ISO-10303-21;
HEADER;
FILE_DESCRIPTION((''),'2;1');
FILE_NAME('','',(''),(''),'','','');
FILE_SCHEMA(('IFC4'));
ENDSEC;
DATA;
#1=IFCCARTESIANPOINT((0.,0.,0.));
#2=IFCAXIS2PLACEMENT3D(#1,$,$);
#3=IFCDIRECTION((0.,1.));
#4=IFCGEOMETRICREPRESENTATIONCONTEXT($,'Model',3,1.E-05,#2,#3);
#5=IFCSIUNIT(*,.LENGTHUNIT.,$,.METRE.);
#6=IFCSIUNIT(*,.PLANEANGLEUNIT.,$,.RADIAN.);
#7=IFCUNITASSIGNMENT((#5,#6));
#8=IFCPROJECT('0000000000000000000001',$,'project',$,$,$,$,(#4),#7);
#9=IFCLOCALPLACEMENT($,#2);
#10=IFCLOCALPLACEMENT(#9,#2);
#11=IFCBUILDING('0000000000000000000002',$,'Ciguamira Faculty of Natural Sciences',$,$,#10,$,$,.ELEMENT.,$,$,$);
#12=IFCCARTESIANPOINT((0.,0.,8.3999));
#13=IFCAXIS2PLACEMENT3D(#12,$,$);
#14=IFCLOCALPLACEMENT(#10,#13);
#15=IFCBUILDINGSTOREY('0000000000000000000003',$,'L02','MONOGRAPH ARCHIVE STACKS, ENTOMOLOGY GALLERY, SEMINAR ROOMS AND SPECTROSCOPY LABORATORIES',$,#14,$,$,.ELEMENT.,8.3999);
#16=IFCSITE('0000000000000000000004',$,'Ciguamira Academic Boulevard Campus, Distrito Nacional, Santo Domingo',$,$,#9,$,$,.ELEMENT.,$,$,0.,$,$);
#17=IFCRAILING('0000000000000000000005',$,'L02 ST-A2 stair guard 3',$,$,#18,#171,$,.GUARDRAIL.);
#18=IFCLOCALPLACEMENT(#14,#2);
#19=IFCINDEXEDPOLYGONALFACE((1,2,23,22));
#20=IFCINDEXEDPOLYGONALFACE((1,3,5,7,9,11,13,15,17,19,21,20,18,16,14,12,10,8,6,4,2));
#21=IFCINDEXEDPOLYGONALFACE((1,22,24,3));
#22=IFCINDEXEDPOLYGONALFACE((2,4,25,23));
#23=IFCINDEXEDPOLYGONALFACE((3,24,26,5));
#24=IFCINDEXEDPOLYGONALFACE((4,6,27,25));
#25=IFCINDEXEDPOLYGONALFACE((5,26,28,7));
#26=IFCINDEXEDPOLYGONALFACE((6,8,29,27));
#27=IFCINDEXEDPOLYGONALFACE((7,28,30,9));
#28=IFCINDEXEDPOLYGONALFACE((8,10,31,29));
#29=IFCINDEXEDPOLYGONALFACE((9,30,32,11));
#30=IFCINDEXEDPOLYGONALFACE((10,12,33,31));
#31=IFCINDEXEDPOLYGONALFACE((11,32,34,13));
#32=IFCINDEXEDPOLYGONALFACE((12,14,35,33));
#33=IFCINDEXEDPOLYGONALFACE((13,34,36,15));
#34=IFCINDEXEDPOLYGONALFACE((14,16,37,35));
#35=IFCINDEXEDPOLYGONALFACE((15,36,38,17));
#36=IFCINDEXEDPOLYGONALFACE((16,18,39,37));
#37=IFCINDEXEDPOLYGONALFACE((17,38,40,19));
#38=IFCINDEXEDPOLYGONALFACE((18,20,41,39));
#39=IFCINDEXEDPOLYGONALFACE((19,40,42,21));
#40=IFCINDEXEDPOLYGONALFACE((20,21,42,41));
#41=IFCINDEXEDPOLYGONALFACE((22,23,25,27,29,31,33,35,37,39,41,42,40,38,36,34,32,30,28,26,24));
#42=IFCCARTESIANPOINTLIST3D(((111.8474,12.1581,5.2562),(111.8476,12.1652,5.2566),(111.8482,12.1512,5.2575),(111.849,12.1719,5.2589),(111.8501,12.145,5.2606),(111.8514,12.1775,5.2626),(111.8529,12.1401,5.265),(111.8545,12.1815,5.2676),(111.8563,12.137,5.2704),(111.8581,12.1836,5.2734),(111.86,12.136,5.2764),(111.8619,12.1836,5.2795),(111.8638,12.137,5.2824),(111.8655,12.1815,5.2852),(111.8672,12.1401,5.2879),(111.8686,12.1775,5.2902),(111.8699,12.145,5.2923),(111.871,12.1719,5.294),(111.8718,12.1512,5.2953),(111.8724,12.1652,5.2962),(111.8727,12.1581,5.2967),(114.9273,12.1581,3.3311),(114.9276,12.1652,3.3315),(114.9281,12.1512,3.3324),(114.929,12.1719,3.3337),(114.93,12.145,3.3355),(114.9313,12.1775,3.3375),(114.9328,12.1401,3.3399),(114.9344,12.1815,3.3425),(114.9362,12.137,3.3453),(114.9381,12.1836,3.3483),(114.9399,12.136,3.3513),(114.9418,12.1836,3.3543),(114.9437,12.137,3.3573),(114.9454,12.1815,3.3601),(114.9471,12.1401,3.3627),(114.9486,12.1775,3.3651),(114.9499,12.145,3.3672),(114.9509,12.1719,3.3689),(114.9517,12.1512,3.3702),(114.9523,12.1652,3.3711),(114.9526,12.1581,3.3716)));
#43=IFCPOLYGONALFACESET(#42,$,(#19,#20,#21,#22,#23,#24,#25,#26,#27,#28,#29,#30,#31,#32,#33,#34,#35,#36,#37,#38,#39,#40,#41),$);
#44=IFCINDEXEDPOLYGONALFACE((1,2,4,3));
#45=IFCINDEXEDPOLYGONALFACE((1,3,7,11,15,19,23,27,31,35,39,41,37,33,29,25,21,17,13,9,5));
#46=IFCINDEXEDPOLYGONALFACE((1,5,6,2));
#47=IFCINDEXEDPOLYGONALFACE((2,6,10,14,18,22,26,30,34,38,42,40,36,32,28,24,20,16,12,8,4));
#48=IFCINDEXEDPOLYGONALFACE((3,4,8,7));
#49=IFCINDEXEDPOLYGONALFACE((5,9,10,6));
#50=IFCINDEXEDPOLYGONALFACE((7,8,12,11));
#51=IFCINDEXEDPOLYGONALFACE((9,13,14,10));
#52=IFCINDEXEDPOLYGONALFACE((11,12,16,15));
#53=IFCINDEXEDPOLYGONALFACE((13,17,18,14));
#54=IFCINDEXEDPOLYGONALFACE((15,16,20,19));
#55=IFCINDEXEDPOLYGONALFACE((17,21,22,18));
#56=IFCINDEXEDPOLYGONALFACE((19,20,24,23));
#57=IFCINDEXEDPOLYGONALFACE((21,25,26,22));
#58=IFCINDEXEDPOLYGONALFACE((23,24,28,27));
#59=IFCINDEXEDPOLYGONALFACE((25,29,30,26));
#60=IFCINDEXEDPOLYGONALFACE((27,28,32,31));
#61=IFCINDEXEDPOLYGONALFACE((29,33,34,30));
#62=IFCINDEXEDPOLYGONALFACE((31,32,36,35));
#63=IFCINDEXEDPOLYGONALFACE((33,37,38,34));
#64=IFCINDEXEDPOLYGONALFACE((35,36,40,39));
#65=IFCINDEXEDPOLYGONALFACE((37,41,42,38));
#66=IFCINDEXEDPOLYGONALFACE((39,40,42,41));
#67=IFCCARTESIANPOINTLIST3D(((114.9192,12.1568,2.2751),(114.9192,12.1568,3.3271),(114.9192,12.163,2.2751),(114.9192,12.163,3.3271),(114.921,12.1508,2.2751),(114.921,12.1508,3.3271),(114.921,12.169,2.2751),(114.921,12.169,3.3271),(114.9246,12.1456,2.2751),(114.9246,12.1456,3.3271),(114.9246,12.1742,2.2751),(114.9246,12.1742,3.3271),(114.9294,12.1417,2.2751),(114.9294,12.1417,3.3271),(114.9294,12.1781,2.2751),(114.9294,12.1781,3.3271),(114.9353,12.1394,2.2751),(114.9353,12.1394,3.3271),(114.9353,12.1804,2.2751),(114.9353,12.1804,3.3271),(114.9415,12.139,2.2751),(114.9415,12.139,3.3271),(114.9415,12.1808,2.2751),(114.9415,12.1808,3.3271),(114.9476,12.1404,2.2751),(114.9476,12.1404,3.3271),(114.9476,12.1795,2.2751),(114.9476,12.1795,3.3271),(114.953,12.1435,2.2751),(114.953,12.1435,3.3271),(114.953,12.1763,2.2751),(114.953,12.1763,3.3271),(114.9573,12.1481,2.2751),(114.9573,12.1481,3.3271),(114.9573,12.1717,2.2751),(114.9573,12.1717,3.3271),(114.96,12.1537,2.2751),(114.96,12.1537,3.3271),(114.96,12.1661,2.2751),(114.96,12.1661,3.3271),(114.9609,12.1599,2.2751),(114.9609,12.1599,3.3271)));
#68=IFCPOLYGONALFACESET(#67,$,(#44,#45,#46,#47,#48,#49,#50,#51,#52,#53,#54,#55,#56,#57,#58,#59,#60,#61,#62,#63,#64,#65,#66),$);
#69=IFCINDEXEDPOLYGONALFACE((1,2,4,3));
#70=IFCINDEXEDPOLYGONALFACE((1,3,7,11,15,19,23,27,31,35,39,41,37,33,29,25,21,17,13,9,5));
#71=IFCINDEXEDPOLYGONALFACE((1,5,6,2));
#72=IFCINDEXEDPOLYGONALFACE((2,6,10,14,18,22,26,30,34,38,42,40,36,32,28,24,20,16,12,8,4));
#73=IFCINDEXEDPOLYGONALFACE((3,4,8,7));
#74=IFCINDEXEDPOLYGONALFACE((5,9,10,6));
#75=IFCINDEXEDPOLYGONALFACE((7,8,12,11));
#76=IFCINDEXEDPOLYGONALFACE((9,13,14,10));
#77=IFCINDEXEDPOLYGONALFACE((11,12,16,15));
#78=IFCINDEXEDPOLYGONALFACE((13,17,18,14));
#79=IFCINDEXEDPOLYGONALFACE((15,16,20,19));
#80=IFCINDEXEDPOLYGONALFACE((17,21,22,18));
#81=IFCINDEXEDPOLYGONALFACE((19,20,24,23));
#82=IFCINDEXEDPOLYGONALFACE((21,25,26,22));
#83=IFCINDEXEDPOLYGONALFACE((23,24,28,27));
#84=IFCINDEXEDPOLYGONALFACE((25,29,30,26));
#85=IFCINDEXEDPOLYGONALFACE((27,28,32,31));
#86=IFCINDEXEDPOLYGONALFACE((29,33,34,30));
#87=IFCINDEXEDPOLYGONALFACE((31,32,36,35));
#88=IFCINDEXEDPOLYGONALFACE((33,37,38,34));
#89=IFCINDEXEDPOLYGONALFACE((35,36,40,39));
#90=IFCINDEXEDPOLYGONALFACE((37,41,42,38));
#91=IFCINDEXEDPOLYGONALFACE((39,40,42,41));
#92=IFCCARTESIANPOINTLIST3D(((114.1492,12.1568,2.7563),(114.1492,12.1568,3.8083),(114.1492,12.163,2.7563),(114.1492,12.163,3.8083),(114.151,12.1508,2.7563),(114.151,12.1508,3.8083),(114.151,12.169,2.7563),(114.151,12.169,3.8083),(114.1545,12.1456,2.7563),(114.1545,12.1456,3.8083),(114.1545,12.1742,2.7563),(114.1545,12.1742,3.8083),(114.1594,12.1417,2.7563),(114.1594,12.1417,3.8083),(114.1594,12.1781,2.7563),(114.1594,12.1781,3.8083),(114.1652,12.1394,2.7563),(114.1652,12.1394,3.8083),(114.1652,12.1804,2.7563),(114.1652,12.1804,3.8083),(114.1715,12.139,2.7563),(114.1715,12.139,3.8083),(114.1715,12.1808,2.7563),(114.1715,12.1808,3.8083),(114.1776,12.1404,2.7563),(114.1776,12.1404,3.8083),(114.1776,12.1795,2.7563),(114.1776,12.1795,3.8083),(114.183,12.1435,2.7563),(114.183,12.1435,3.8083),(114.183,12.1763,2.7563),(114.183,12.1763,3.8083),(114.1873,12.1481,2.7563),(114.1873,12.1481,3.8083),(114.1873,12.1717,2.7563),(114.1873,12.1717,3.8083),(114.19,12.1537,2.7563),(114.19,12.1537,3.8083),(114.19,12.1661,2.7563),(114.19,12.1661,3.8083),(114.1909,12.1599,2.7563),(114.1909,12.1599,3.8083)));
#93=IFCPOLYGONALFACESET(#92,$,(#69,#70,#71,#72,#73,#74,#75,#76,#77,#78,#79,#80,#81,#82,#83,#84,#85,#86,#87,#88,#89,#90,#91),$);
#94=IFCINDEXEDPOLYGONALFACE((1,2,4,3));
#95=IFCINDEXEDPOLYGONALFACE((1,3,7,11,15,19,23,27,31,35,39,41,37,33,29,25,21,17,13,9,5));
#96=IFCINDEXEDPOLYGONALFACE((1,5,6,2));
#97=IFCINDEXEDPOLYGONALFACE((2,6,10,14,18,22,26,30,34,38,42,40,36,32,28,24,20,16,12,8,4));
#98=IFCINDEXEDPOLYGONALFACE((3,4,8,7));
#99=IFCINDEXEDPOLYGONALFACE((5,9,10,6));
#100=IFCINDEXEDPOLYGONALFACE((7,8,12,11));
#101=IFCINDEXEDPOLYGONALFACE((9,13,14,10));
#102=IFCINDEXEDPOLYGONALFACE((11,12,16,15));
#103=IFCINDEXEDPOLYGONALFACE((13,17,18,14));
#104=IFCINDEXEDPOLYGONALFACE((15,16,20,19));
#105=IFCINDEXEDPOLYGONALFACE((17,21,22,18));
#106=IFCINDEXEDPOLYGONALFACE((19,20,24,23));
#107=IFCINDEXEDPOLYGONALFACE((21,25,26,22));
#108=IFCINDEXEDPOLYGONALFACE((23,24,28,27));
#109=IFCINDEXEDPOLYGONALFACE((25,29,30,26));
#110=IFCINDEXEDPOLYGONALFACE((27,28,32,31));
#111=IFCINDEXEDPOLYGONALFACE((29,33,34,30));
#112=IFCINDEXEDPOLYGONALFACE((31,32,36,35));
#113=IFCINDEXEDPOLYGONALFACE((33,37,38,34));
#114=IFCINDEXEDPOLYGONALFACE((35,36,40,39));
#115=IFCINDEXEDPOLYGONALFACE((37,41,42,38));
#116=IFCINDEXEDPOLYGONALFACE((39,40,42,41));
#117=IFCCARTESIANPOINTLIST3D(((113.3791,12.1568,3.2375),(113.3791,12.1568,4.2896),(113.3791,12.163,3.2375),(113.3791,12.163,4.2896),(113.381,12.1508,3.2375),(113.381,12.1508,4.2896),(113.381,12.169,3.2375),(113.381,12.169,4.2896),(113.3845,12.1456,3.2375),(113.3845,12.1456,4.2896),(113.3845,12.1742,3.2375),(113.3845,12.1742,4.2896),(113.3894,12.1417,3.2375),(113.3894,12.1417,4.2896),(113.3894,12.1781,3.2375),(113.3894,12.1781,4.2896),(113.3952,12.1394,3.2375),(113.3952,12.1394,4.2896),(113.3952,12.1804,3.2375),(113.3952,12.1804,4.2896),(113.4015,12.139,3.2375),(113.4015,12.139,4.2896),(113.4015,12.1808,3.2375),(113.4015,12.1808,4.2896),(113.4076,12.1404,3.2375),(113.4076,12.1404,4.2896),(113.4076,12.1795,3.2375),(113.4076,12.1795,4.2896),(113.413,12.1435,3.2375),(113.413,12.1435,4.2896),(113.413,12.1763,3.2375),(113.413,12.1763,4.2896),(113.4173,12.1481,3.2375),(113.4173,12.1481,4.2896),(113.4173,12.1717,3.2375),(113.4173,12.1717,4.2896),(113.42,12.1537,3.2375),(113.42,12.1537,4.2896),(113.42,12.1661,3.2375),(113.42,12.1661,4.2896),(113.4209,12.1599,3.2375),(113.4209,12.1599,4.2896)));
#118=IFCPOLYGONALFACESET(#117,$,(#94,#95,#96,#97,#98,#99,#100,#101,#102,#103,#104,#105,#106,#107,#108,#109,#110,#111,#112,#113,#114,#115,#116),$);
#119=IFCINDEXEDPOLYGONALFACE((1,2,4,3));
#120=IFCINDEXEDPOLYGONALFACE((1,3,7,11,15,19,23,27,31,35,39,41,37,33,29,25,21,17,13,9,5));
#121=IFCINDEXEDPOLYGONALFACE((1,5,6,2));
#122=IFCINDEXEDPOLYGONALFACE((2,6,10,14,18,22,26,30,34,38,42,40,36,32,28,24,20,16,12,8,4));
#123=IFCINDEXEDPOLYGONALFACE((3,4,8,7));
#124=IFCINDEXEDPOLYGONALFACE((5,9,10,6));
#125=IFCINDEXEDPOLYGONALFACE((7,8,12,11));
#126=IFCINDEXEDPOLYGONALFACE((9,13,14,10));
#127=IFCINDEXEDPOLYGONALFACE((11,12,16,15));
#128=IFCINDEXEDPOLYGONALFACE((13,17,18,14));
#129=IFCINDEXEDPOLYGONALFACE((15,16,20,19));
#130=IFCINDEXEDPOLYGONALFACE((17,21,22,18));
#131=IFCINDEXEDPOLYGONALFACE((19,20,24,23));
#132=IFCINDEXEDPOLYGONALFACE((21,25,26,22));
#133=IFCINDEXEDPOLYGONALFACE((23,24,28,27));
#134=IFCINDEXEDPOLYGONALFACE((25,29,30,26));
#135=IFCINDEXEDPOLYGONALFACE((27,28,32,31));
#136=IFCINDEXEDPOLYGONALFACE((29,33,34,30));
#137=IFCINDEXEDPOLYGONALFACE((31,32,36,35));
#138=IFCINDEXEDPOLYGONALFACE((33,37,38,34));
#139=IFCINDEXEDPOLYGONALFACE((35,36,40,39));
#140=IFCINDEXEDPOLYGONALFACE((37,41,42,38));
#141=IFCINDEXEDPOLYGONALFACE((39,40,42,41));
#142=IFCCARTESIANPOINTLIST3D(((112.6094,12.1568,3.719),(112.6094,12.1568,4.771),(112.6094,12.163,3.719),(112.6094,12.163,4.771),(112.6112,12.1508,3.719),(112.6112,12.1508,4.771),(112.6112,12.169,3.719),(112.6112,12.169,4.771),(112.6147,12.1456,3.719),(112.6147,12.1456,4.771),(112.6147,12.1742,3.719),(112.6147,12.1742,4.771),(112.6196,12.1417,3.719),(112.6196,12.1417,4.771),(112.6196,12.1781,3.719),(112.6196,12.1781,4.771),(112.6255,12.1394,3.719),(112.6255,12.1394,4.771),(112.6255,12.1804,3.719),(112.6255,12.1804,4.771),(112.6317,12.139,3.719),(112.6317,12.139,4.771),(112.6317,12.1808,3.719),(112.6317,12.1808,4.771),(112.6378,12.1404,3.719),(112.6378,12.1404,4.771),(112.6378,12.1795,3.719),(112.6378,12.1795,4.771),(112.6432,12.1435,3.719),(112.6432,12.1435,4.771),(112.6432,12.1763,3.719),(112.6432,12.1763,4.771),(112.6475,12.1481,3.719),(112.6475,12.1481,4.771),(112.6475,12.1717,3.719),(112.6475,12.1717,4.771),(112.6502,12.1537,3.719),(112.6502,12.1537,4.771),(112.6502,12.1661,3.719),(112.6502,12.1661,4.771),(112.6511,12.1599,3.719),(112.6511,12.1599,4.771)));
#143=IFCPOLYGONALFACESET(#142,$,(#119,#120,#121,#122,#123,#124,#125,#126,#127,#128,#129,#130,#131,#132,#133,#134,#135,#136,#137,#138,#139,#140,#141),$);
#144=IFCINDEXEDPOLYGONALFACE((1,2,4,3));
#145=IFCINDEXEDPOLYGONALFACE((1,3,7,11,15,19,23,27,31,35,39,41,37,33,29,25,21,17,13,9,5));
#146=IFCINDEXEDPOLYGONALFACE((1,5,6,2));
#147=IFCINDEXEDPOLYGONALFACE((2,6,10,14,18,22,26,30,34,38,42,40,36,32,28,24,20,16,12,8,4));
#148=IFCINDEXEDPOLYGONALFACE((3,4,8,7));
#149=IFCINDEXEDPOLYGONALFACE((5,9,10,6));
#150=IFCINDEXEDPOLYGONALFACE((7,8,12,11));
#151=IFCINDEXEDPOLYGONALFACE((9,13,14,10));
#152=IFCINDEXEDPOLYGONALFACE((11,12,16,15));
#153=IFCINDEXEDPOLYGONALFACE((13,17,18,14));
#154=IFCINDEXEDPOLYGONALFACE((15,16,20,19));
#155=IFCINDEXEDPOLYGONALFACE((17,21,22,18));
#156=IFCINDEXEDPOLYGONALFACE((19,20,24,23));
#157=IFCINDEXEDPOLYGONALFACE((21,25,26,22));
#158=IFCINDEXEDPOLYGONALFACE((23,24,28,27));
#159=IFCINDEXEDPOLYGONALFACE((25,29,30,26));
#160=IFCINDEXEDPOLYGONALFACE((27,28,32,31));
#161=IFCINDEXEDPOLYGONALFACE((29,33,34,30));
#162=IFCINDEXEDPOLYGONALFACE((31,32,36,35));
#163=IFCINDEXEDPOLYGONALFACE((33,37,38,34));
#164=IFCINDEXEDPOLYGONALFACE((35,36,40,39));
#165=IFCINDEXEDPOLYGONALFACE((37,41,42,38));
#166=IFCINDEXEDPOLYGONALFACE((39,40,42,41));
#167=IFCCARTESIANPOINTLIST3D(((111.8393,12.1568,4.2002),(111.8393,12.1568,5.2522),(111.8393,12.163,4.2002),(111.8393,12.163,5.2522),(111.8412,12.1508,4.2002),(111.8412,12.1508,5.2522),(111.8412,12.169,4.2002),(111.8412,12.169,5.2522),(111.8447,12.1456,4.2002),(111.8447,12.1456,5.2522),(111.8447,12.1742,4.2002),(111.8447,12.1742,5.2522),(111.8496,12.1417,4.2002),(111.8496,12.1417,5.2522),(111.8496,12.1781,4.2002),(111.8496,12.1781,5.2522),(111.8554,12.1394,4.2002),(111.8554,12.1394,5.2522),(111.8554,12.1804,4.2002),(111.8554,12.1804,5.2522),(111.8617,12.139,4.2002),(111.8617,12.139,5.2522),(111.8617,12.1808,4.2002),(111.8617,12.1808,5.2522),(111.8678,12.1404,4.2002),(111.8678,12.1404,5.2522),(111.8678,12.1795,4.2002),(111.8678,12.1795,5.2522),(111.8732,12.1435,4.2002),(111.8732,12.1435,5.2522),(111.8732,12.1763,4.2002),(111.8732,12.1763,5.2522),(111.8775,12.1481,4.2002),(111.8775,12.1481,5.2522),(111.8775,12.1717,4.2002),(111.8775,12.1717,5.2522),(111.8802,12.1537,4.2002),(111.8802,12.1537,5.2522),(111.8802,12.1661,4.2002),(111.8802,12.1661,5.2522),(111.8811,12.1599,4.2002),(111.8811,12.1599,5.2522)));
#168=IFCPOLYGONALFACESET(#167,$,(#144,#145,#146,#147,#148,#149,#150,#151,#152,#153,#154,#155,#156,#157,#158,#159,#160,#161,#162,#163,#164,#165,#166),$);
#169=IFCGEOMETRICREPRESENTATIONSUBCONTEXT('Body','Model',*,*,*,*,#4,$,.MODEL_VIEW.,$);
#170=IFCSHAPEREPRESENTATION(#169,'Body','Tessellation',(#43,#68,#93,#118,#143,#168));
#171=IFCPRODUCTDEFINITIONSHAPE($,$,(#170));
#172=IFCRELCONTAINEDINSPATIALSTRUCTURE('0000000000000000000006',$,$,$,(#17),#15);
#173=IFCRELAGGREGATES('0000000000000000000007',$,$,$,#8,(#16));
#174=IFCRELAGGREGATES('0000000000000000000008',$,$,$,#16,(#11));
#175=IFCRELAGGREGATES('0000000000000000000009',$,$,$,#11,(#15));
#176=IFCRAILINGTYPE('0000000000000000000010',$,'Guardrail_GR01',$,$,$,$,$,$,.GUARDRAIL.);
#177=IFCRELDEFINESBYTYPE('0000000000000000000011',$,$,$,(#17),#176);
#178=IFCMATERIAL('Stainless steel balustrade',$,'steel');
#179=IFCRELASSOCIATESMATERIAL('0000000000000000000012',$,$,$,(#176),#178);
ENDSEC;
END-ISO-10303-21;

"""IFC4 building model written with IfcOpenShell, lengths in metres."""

from ifc_helpers import new_model, si_unit, direction, frame, origin, origin_2d, place, context, subcontext, project, spatial, circle, extrude, material, type_object, element, save


model = new_model("IFC4")

# Units and contexts
model_context = context("Model", 3, precision=1e-05, world=origin(), true_north=direction((0.0, 1.0)))
body_context = subcontext(model_context, "Body", "Model", "MODEL_VIEW")
ifc_project = project(units=[si_unit("LENGTHUNIT", "METRE"), si_unit("PLANEANGLEUNIT", "RADIAN")], contexts=[model_context])

# Site, building, storey
site_placement = place(None, origin())
site = spatial("IfcSite", under=ifc_project, at=site_placement, Name="Ciguamira Academic Boulevard Campus, Distrito Nacional, Santo Domingo", CompositionType="ELEMENT", RefElevation=0.0)
building_placement = place(site_placement, origin())
building = spatial("IfcBuilding", under=site, at=building_placement, Name="Ciguamira Faculty of Natural Sciences", CompositionType="ELEMENT")
storey_placement = place(building_placement, frame((0.0, 0.0, 8.3999)))
storey = spatial("IfcBuildingStorey", under=building, at=storey_placement, Name="L02", Description="MONOGRAPH ARCHIVE STACKS, ENTOMOLOGY GALLERY, SEMINAR ROOMS AND SPECTROSCOPY LABORATORIES", CompositionType="ELEMENT", Elevation=8.3999)

# Railing
ifc_material_1 = material(Name="Stainless steel balustrade", Category="steel")
railing_type_1 = type_object("IfcRailingType", Name="Guardrail_GR01", PredefinedType="GUARDRAIL", material=ifc_material_1)
railing_1_placement = place(storey_placement, frame((114.9399, 12.1599, 2.2751)))
element("IfcRailing", 1, at=railing_1_placement, inside=storey, type_object=railing_type_1, Name="L02 ST-A2 stair guard 3", PredefinedType="GUARDRAIL", context=body_context, shape_type="SweptSolid", body=[
    extrude(circle(Radius=0.0239, at=origin_2d()), frame((0.0, 0.0, 1.0762), z_axis=(-0.847979, 0.0, 0.530029), x_axis=(0.0, -1.0, 0.0)), (0.0, 0.0, 1.0), 3.6321),
    extrude(circle(Radius=0.021, at=origin_2d()), origin(), (0.0, 0.0, 1.0), 1.052),
    extrude(circle(Radius=0.021, at=origin_2d()), frame((-0.77, 0.0, 0.4812)), (0.0, 0.0, 1.0), 1.052),
    extrude(circle(Radius=0.021, at=origin_2d()), frame((-1.54, 0.0, 0.9624)), (0.0, 0.0, 1.0), 1.052),
    extrude(circle(Radius=0.021, at=origin_2d()), frame((-2.3098, 0.0, 1.4438)), (0.0, 0.0, 1.0), 1.052),
    extrude(circle(Radius=0.021, at=origin_2d()), frame((-3.0798, 0.0, 1.925)), (0.0, 0.0, 1.0), 1.052),
])

save(model, "model.ifc")
